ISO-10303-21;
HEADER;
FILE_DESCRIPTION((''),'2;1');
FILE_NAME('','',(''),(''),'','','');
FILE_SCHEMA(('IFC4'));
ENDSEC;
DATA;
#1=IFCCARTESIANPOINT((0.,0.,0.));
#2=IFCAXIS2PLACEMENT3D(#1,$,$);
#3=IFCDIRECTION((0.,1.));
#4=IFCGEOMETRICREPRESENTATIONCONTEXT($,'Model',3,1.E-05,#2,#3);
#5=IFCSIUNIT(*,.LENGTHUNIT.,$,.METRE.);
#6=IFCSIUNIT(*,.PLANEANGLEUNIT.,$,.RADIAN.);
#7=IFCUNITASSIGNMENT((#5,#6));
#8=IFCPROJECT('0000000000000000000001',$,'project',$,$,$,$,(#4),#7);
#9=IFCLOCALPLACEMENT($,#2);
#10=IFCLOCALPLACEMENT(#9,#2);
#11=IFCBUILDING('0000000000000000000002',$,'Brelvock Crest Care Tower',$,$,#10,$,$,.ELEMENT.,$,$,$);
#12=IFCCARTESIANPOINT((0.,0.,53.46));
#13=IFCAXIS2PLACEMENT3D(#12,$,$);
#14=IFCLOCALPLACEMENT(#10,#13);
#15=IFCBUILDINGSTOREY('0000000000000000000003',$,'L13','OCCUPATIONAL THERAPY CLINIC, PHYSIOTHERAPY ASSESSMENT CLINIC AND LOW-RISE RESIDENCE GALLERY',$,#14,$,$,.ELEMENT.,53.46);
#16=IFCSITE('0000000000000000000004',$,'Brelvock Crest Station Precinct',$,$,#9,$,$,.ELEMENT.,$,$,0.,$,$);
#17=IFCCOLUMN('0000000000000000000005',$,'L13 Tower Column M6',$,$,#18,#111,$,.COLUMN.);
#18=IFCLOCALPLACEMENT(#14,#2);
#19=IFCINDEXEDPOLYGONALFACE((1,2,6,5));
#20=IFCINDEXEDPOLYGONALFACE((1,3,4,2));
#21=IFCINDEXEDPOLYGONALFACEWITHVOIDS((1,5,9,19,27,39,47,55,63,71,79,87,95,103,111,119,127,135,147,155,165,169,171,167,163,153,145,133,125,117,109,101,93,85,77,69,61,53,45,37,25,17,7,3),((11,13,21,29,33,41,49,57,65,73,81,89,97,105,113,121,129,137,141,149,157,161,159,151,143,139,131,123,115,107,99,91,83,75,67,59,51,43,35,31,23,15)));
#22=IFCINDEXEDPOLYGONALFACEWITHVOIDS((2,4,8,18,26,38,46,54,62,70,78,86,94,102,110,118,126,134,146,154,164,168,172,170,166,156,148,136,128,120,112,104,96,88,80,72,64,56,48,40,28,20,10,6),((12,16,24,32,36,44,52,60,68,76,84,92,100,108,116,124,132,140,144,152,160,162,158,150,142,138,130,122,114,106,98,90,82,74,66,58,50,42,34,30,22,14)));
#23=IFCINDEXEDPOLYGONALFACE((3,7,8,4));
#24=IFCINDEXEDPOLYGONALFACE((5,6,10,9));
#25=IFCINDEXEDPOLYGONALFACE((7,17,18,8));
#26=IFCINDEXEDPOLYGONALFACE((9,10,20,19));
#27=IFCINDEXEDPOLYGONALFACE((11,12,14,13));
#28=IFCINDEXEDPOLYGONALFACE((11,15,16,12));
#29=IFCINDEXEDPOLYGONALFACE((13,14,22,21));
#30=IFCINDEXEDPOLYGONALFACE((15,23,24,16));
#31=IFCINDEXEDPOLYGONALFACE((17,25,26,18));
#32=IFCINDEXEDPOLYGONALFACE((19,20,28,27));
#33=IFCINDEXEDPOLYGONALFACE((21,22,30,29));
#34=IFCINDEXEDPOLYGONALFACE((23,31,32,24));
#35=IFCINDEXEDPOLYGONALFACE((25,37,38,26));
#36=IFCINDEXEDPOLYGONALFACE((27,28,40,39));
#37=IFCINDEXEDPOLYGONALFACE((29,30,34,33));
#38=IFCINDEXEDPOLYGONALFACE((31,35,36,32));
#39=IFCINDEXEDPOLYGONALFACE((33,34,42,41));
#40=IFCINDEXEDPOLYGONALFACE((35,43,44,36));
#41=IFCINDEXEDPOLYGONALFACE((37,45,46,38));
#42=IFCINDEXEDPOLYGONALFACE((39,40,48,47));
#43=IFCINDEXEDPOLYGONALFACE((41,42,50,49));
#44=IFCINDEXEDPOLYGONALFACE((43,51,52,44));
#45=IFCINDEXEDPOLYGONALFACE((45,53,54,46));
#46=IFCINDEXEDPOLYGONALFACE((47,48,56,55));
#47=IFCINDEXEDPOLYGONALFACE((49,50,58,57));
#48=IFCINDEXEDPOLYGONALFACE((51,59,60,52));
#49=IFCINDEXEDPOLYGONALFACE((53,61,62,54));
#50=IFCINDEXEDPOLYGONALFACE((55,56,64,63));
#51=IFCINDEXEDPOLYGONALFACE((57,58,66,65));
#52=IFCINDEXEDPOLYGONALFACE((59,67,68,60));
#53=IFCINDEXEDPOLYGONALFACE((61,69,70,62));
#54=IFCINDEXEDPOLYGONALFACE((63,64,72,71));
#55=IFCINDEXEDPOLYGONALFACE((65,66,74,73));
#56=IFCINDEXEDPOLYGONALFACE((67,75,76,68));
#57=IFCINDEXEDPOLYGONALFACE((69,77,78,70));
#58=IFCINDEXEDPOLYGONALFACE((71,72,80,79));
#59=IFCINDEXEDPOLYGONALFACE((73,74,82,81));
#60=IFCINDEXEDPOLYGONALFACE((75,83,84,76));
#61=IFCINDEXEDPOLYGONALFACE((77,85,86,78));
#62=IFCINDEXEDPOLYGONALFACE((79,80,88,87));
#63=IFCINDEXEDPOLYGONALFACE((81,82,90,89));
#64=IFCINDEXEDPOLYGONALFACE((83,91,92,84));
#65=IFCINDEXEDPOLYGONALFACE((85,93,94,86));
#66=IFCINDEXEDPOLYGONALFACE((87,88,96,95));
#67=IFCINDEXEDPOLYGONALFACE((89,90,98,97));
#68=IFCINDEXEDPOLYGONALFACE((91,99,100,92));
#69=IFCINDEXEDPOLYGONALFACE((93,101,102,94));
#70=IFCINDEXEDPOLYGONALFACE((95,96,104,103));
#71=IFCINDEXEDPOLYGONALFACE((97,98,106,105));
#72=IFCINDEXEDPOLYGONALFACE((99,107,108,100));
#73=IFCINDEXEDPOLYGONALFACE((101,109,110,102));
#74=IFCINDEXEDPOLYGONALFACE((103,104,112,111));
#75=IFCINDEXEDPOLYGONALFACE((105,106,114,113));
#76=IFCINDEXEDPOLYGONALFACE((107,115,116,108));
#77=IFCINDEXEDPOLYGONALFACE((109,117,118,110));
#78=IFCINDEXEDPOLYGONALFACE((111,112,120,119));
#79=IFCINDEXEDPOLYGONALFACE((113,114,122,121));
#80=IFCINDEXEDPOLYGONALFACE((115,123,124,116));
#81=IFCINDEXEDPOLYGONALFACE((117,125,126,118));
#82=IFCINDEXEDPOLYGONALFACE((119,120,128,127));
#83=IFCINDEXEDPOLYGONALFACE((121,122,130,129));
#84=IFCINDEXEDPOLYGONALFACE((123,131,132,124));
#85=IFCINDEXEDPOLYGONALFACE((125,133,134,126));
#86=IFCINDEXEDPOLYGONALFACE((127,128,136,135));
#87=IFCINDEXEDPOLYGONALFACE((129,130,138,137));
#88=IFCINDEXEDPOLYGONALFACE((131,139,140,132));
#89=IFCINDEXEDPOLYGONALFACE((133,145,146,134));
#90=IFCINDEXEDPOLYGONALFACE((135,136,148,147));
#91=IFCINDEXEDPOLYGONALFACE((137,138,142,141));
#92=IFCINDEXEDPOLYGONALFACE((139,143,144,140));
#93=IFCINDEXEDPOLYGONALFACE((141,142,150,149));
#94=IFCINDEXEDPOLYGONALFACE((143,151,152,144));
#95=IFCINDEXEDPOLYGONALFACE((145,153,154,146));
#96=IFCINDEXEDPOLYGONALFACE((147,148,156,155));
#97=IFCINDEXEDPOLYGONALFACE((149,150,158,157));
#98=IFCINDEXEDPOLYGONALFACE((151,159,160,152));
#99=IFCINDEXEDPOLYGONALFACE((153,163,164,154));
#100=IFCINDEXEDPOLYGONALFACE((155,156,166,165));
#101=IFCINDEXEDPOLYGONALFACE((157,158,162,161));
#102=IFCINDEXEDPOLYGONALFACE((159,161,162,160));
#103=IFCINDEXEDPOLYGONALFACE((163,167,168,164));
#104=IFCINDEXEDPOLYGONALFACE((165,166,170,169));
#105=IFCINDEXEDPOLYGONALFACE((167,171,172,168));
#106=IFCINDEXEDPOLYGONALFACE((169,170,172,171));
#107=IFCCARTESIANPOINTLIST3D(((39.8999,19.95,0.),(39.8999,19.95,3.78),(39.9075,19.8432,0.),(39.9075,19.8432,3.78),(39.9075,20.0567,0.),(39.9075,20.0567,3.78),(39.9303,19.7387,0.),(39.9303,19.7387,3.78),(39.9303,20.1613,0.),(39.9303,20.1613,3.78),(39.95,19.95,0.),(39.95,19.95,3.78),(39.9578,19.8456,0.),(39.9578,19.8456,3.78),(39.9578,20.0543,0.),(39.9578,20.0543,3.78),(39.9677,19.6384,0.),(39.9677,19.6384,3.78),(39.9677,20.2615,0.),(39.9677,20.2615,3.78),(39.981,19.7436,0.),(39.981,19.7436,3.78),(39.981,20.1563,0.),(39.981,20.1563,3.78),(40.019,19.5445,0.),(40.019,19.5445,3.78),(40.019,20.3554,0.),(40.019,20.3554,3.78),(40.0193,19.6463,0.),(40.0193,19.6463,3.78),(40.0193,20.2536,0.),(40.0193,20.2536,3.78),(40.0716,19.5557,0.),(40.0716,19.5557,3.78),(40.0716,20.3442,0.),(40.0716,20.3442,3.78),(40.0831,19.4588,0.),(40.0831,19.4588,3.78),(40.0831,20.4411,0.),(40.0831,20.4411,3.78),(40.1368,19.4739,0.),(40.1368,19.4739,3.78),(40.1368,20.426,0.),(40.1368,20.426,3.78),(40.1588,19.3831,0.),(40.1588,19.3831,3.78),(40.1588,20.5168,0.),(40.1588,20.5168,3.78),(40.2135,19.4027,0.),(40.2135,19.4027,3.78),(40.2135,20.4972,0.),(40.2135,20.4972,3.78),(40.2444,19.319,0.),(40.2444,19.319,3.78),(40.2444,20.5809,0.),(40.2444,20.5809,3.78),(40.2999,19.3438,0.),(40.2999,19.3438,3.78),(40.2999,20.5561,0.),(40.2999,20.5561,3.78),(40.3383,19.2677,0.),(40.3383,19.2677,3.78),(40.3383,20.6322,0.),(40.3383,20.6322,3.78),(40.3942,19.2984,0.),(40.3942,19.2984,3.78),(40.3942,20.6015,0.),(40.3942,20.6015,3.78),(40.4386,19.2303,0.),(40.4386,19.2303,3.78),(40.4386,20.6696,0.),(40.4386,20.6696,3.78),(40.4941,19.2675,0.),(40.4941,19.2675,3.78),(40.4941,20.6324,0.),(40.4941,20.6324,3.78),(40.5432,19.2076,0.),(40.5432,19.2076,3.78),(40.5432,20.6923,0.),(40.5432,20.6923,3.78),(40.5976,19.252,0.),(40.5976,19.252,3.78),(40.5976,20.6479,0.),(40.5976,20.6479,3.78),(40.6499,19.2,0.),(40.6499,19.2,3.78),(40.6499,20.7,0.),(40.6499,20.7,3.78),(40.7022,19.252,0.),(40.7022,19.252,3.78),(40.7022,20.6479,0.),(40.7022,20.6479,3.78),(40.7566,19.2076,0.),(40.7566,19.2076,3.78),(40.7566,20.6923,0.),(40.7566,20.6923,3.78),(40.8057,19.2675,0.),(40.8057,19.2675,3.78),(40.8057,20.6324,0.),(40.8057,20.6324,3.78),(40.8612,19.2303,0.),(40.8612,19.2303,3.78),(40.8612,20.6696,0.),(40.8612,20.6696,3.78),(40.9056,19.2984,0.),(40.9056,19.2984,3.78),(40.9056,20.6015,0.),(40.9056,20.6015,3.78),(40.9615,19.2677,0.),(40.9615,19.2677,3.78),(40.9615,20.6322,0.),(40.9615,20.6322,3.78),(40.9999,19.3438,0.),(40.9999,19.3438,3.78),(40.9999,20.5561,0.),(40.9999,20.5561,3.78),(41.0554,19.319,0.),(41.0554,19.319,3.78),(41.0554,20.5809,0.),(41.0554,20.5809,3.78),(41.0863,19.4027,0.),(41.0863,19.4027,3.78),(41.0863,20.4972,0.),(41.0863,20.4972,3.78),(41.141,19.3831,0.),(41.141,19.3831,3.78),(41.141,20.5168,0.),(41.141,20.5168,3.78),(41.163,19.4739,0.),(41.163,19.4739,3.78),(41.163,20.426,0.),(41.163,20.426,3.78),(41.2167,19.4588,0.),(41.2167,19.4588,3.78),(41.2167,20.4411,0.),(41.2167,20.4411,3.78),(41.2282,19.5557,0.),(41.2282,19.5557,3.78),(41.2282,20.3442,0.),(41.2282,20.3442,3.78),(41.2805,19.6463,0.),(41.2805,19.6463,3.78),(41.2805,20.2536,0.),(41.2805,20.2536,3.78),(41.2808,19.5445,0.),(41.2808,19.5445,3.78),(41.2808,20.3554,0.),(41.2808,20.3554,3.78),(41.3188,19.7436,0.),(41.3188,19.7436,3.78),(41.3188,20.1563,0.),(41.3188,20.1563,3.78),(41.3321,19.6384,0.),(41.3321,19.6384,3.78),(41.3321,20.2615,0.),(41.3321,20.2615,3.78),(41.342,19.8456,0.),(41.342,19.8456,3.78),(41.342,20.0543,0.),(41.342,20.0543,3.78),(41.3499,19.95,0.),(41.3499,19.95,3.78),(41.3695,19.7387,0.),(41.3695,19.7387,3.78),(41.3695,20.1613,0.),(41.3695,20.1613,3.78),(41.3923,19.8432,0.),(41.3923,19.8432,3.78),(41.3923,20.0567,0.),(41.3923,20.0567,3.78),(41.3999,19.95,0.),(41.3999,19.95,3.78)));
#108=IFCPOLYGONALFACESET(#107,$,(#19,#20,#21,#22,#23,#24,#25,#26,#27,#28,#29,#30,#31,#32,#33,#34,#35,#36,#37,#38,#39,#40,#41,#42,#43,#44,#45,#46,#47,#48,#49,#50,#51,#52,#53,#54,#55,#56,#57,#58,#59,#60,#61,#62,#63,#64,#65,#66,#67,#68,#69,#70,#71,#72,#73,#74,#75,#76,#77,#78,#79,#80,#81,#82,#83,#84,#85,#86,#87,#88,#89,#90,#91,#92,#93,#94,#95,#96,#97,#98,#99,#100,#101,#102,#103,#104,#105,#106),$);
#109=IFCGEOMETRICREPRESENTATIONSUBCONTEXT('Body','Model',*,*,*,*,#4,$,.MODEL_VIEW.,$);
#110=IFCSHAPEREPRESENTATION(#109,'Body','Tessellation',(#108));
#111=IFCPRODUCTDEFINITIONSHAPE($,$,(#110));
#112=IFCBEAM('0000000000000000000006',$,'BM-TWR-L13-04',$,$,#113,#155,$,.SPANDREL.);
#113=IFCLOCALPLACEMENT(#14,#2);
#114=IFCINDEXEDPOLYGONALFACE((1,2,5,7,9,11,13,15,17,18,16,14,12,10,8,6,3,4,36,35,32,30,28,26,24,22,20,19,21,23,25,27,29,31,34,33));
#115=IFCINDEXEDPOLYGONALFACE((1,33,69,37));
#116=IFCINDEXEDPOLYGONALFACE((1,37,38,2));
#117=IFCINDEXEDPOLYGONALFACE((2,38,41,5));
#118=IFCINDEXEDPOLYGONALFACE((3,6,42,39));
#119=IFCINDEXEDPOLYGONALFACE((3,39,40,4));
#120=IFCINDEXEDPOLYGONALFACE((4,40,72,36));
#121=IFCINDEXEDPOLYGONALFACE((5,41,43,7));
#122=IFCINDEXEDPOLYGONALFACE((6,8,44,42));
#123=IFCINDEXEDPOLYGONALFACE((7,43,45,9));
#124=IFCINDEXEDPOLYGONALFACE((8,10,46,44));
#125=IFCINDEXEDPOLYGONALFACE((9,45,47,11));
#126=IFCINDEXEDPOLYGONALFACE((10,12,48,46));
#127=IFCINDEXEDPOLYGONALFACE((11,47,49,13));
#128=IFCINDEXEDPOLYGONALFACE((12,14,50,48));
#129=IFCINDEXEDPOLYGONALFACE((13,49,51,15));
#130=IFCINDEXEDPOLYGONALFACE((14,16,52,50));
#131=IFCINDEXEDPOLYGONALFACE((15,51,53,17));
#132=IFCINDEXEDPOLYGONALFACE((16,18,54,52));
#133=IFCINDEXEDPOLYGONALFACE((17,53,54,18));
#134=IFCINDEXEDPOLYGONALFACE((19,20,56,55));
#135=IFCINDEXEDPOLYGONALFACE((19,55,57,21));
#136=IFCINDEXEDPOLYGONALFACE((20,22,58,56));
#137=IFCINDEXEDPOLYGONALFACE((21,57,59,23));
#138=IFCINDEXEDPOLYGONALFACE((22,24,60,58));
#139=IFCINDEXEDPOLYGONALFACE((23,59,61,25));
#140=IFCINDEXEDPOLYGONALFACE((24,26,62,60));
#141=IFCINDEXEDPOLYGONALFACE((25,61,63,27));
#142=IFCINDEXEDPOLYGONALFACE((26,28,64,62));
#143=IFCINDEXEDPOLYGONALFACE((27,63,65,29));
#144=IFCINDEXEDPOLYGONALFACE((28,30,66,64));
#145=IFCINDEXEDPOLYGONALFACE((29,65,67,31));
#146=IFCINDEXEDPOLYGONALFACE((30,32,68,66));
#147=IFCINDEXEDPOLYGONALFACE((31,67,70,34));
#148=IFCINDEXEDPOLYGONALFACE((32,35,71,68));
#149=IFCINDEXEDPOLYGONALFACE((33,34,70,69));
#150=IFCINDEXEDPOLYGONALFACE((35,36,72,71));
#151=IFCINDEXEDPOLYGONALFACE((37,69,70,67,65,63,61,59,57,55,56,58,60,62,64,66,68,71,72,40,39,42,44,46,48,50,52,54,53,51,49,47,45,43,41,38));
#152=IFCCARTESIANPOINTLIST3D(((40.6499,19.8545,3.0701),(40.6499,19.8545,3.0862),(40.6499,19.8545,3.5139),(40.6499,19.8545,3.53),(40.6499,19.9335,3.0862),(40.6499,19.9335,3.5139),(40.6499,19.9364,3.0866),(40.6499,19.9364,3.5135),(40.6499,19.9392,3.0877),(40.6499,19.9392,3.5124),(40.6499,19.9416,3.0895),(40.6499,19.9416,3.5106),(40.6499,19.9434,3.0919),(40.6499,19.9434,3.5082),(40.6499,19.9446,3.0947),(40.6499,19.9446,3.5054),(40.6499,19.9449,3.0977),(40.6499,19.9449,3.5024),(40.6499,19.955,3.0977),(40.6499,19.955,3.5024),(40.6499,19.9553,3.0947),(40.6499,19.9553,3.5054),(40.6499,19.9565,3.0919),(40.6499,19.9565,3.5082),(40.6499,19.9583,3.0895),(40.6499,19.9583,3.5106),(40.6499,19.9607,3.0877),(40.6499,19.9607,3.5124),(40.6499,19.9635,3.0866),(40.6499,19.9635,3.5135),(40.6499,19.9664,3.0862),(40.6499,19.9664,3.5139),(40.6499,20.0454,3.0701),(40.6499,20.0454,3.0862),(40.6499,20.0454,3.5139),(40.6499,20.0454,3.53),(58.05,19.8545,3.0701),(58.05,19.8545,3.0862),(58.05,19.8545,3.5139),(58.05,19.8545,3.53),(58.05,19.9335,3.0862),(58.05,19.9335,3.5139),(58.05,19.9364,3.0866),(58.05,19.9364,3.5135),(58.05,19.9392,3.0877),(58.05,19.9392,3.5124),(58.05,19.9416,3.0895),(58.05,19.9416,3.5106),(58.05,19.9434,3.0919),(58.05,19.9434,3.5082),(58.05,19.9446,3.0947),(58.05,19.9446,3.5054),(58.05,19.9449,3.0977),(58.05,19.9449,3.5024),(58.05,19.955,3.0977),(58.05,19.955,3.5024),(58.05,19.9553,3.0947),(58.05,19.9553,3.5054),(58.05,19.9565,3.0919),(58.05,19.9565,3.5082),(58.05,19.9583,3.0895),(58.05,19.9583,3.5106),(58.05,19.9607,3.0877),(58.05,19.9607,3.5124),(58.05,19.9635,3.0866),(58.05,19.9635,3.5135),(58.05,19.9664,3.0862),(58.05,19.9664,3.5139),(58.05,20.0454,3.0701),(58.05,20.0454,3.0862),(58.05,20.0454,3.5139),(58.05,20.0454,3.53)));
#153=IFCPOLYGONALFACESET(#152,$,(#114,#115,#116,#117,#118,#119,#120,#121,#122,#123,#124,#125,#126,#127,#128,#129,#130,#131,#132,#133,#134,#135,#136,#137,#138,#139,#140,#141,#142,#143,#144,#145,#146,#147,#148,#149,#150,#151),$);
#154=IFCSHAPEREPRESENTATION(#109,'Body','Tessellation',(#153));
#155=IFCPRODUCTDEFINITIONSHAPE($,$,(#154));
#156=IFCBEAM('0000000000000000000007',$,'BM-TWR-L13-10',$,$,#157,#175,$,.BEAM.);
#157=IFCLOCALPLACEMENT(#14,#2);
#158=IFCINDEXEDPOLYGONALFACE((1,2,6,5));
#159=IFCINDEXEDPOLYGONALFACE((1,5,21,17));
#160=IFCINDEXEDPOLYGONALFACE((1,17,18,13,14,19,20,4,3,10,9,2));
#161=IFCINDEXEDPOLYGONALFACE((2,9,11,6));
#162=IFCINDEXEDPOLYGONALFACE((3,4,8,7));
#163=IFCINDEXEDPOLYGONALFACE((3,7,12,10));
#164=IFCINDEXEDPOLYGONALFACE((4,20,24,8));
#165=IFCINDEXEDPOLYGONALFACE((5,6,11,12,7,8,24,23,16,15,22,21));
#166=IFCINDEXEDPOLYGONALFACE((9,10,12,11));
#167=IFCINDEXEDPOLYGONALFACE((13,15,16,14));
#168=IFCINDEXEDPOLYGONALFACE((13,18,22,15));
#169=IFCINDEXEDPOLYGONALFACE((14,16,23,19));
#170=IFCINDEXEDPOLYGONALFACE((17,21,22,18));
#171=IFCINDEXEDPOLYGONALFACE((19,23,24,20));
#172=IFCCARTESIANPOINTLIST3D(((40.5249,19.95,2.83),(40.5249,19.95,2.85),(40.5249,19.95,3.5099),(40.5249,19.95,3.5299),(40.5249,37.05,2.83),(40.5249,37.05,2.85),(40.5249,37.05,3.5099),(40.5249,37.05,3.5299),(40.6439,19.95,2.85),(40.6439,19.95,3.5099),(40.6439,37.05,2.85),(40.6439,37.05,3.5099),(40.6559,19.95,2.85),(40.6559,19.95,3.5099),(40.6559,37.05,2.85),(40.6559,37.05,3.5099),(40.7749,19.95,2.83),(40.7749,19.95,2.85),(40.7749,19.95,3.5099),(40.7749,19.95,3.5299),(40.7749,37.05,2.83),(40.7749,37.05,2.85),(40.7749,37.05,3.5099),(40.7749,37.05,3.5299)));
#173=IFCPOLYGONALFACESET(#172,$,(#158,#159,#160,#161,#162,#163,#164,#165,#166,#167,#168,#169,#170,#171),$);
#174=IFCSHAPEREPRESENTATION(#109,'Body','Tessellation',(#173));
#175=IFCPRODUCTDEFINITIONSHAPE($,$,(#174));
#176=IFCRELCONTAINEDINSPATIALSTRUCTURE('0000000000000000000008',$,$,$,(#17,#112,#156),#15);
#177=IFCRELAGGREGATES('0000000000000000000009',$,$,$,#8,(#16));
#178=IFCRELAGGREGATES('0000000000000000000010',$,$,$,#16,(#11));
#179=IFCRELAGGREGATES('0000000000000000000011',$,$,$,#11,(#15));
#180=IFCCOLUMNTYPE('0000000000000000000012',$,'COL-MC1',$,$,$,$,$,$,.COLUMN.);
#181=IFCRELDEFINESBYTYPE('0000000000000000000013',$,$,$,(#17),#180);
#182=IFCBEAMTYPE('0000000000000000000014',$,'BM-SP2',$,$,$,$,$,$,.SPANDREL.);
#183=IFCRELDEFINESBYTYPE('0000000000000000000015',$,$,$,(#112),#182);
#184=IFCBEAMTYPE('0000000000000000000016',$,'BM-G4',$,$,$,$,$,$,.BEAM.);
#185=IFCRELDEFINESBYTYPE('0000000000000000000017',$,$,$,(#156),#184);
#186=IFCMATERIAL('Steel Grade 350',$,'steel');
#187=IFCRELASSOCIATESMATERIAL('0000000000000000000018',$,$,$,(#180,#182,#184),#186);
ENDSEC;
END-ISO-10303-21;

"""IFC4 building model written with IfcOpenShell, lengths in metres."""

from ifc_helpers import new_model, si_unit, direction, frame, origin, origin_2d, place, context, subcontext, project, spatial, hollow_circle, i_section, extrude, source, transform, mapped, material, material_profile, profile_set, type_object, element, save


model = new_model("IFC4")

# Units and contexts
model_context = context("Model", 3, precision=1e-05, world=origin(), true_north=direction((0.0, 1.0)))
body_context = subcontext(model_context, "Body", "Model", "MODEL_VIEW")
ifc_project = project(units=[si_unit("LENGTHUNIT", "METRE"), si_unit("PLANEANGLEUNIT", "RADIAN")], contexts=[model_context])

# Site, building, storey
site_placement = place(None, origin())
site = spatial("IfcSite", under=ifc_project, at=site_placement, Name="Brelvock Crest Station Precinct", CompositionType="ELEMENT", RefElevation=0.0)
building_placement = place(site_placement, origin())
building = spatial("IfcBuilding", under=site, at=building_placement, Name="Brelvock Crest Care Tower", CompositionType="ELEMENT")
storey_placement = place(building_placement, frame((0.0, 0.0, 53.46)))
storey = spatial("IfcBuildingStorey", under=building, at=storey_placement, Name="L13", Description="OCCUPATIONAL THERAPY CLINIC, PHYSIOTHERAPY ASSESSMENT CLINIC AND LOW-RISE RESIDENCE GALLERY", CompositionType="ELEMENT", Elevation=53.46)

# Column
ifc_material_1 = material(Name="Steel Grade 350", Category="steel")
ifc_material_profile_1 = material_profile(ifc_material_1, hollow_circle(Radius=0.75, WallThickness=0.05, at=origin_2d()), Name="CFT1500x50")
ifc_profile_set_1 = profile_set([ifc_material_profile_1], Name="Steel Grade 350")
column_type = type_object("IfcColumnType", Name="COL-MC1", PredefinedType="COLUMN", material=ifc_profile_set_1)
shared_shape_1 = source(origin(), body_context, "Body", "SweptSolid", [
    extrude(hollow_circle(Radius=0.75, WallThickness=0.05, at=origin_2d()), origin(), (0.0, 0.0, 1.0), 3.78),
])
column_placement = place(storey_placement, frame((40.6499, 19.95, 0.0), z_axis=(0.0, 0.0, 1.0), x_axis=(1.0, 0.0, 0.0)))
element("IfcColumn", 1, at=column_placement, inside=storey, type_object=column_type, Name="L13 Tower Column M6", PredefinedType="COLUMN", context=body_context, shape_type="MappedRepresentation", body=[
    mapped(shared_shape_1, transform((0.0, 0.0, 0.0), x_axis=(1.0, 0.0, 0.0), y_axis=(0.0, 1.0, 0.0), z_axis=(0.0, 0.0, 1.0), scale=1.0)),
])

# Beams
ifc_material_profile_2 = material_profile(ifc_material_1, i_section(OverallWidth=0.1909, OverallDepth=0.46, WebThickness=0.01, FlangeThickness=0.0161, FilletRadius=0.0115, at=origin_2d()), Name="460UB82.1")
ifc_profile_set_2 = profile_set([ifc_material_profile_2], Name="Steel Grade 350")
beam_type_1 = type_object("IfcBeamType", Name="BM-SP2", PredefinedType="SPANDREL", material=ifc_profile_set_2)
shared_shape_2 = source(origin(), body_context, "Body", "SweptSolid", [
    extrude(i_section(OverallWidth=0.1909, OverallDepth=0.46, WebThickness=0.01, FlangeThickness=0.0161, FilletRadius=0.0115, at=origin_2d()), origin(), (0.0, 0.0, 1.0), 17.4001),
])
beam_1_placement = place(storey_placement, frame((40.6499, 19.95, 3.3), z_axis=(1.0, 0.0, 0.0), x_axis=(0.0, 1.0, 0.0)))
element("IfcBeam", 2, at=beam_1_placement, inside=storey, type_object=beam_type_1, Name="BM-TWR-L13-04", PredefinedType="SPANDREL", context=body_context, shape_type="MappedRepresentation", body=[
    mapped(shared_shape_2, transform((0.0, 0.0, 0.0), x_axis=(1.0, 0.0, 0.0), y_axis=(0.0, 1.0, 0.0), z_axis=(0.0, 0.0, 1.0), scale=1.0)),
])
ifc_material_profile_3 = material_profile(ifc_material_1, i_section(OverallWidth=0.25, OverallDepth=0.7, WebThickness=0.012, FlangeThickness=0.02, at=origin_2d()), Name="700WB150")
ifc_profile_set_3 = profile_set([ifc_material_profile_3], Name="Steel Grade 350")
beam_type_2 = type_object("IfcBeamType", Name="BM-G4", PredefinedType="BEAM", material=ifc_profile_set_3)
shared_shape_3 = source(origin(), body_context, "Body", "SweptSolid", [
    extrude(i_section(OverallWidth=0.25, OverallDepth=0.7, WebThickness=0.012, FlangeThickness=0.02, at=origin_2d()), origin(), (0.0, 0.0, 1.0), 17.1001),
])
beam_2_placement = place(storey_placement, frame((40.6499, 19.95, 3.1799), z_axis=(0.0, 1.0, 0.0), x_axis=(-1.0, 0.0, 0.0)))
element("IfcBeam", 3, at=beam_2_placement, inside=storey, type_object=beam_type_2, Name="BM-TWR-L13-10", PredefinedType="BEAM", context=body_context, shape_type="MappedRepresentation", body=[
    mapped(shared_shape_3, transform((0.0, 0.0, 0.0), x_axis=(1.0, 0.0, 0.0), y_axis=(0.0, 1.0, 0.0), z_axis=(0.0, 0.0, 1.0), scale=1.0)),
])

save(model, "model.ifc")
